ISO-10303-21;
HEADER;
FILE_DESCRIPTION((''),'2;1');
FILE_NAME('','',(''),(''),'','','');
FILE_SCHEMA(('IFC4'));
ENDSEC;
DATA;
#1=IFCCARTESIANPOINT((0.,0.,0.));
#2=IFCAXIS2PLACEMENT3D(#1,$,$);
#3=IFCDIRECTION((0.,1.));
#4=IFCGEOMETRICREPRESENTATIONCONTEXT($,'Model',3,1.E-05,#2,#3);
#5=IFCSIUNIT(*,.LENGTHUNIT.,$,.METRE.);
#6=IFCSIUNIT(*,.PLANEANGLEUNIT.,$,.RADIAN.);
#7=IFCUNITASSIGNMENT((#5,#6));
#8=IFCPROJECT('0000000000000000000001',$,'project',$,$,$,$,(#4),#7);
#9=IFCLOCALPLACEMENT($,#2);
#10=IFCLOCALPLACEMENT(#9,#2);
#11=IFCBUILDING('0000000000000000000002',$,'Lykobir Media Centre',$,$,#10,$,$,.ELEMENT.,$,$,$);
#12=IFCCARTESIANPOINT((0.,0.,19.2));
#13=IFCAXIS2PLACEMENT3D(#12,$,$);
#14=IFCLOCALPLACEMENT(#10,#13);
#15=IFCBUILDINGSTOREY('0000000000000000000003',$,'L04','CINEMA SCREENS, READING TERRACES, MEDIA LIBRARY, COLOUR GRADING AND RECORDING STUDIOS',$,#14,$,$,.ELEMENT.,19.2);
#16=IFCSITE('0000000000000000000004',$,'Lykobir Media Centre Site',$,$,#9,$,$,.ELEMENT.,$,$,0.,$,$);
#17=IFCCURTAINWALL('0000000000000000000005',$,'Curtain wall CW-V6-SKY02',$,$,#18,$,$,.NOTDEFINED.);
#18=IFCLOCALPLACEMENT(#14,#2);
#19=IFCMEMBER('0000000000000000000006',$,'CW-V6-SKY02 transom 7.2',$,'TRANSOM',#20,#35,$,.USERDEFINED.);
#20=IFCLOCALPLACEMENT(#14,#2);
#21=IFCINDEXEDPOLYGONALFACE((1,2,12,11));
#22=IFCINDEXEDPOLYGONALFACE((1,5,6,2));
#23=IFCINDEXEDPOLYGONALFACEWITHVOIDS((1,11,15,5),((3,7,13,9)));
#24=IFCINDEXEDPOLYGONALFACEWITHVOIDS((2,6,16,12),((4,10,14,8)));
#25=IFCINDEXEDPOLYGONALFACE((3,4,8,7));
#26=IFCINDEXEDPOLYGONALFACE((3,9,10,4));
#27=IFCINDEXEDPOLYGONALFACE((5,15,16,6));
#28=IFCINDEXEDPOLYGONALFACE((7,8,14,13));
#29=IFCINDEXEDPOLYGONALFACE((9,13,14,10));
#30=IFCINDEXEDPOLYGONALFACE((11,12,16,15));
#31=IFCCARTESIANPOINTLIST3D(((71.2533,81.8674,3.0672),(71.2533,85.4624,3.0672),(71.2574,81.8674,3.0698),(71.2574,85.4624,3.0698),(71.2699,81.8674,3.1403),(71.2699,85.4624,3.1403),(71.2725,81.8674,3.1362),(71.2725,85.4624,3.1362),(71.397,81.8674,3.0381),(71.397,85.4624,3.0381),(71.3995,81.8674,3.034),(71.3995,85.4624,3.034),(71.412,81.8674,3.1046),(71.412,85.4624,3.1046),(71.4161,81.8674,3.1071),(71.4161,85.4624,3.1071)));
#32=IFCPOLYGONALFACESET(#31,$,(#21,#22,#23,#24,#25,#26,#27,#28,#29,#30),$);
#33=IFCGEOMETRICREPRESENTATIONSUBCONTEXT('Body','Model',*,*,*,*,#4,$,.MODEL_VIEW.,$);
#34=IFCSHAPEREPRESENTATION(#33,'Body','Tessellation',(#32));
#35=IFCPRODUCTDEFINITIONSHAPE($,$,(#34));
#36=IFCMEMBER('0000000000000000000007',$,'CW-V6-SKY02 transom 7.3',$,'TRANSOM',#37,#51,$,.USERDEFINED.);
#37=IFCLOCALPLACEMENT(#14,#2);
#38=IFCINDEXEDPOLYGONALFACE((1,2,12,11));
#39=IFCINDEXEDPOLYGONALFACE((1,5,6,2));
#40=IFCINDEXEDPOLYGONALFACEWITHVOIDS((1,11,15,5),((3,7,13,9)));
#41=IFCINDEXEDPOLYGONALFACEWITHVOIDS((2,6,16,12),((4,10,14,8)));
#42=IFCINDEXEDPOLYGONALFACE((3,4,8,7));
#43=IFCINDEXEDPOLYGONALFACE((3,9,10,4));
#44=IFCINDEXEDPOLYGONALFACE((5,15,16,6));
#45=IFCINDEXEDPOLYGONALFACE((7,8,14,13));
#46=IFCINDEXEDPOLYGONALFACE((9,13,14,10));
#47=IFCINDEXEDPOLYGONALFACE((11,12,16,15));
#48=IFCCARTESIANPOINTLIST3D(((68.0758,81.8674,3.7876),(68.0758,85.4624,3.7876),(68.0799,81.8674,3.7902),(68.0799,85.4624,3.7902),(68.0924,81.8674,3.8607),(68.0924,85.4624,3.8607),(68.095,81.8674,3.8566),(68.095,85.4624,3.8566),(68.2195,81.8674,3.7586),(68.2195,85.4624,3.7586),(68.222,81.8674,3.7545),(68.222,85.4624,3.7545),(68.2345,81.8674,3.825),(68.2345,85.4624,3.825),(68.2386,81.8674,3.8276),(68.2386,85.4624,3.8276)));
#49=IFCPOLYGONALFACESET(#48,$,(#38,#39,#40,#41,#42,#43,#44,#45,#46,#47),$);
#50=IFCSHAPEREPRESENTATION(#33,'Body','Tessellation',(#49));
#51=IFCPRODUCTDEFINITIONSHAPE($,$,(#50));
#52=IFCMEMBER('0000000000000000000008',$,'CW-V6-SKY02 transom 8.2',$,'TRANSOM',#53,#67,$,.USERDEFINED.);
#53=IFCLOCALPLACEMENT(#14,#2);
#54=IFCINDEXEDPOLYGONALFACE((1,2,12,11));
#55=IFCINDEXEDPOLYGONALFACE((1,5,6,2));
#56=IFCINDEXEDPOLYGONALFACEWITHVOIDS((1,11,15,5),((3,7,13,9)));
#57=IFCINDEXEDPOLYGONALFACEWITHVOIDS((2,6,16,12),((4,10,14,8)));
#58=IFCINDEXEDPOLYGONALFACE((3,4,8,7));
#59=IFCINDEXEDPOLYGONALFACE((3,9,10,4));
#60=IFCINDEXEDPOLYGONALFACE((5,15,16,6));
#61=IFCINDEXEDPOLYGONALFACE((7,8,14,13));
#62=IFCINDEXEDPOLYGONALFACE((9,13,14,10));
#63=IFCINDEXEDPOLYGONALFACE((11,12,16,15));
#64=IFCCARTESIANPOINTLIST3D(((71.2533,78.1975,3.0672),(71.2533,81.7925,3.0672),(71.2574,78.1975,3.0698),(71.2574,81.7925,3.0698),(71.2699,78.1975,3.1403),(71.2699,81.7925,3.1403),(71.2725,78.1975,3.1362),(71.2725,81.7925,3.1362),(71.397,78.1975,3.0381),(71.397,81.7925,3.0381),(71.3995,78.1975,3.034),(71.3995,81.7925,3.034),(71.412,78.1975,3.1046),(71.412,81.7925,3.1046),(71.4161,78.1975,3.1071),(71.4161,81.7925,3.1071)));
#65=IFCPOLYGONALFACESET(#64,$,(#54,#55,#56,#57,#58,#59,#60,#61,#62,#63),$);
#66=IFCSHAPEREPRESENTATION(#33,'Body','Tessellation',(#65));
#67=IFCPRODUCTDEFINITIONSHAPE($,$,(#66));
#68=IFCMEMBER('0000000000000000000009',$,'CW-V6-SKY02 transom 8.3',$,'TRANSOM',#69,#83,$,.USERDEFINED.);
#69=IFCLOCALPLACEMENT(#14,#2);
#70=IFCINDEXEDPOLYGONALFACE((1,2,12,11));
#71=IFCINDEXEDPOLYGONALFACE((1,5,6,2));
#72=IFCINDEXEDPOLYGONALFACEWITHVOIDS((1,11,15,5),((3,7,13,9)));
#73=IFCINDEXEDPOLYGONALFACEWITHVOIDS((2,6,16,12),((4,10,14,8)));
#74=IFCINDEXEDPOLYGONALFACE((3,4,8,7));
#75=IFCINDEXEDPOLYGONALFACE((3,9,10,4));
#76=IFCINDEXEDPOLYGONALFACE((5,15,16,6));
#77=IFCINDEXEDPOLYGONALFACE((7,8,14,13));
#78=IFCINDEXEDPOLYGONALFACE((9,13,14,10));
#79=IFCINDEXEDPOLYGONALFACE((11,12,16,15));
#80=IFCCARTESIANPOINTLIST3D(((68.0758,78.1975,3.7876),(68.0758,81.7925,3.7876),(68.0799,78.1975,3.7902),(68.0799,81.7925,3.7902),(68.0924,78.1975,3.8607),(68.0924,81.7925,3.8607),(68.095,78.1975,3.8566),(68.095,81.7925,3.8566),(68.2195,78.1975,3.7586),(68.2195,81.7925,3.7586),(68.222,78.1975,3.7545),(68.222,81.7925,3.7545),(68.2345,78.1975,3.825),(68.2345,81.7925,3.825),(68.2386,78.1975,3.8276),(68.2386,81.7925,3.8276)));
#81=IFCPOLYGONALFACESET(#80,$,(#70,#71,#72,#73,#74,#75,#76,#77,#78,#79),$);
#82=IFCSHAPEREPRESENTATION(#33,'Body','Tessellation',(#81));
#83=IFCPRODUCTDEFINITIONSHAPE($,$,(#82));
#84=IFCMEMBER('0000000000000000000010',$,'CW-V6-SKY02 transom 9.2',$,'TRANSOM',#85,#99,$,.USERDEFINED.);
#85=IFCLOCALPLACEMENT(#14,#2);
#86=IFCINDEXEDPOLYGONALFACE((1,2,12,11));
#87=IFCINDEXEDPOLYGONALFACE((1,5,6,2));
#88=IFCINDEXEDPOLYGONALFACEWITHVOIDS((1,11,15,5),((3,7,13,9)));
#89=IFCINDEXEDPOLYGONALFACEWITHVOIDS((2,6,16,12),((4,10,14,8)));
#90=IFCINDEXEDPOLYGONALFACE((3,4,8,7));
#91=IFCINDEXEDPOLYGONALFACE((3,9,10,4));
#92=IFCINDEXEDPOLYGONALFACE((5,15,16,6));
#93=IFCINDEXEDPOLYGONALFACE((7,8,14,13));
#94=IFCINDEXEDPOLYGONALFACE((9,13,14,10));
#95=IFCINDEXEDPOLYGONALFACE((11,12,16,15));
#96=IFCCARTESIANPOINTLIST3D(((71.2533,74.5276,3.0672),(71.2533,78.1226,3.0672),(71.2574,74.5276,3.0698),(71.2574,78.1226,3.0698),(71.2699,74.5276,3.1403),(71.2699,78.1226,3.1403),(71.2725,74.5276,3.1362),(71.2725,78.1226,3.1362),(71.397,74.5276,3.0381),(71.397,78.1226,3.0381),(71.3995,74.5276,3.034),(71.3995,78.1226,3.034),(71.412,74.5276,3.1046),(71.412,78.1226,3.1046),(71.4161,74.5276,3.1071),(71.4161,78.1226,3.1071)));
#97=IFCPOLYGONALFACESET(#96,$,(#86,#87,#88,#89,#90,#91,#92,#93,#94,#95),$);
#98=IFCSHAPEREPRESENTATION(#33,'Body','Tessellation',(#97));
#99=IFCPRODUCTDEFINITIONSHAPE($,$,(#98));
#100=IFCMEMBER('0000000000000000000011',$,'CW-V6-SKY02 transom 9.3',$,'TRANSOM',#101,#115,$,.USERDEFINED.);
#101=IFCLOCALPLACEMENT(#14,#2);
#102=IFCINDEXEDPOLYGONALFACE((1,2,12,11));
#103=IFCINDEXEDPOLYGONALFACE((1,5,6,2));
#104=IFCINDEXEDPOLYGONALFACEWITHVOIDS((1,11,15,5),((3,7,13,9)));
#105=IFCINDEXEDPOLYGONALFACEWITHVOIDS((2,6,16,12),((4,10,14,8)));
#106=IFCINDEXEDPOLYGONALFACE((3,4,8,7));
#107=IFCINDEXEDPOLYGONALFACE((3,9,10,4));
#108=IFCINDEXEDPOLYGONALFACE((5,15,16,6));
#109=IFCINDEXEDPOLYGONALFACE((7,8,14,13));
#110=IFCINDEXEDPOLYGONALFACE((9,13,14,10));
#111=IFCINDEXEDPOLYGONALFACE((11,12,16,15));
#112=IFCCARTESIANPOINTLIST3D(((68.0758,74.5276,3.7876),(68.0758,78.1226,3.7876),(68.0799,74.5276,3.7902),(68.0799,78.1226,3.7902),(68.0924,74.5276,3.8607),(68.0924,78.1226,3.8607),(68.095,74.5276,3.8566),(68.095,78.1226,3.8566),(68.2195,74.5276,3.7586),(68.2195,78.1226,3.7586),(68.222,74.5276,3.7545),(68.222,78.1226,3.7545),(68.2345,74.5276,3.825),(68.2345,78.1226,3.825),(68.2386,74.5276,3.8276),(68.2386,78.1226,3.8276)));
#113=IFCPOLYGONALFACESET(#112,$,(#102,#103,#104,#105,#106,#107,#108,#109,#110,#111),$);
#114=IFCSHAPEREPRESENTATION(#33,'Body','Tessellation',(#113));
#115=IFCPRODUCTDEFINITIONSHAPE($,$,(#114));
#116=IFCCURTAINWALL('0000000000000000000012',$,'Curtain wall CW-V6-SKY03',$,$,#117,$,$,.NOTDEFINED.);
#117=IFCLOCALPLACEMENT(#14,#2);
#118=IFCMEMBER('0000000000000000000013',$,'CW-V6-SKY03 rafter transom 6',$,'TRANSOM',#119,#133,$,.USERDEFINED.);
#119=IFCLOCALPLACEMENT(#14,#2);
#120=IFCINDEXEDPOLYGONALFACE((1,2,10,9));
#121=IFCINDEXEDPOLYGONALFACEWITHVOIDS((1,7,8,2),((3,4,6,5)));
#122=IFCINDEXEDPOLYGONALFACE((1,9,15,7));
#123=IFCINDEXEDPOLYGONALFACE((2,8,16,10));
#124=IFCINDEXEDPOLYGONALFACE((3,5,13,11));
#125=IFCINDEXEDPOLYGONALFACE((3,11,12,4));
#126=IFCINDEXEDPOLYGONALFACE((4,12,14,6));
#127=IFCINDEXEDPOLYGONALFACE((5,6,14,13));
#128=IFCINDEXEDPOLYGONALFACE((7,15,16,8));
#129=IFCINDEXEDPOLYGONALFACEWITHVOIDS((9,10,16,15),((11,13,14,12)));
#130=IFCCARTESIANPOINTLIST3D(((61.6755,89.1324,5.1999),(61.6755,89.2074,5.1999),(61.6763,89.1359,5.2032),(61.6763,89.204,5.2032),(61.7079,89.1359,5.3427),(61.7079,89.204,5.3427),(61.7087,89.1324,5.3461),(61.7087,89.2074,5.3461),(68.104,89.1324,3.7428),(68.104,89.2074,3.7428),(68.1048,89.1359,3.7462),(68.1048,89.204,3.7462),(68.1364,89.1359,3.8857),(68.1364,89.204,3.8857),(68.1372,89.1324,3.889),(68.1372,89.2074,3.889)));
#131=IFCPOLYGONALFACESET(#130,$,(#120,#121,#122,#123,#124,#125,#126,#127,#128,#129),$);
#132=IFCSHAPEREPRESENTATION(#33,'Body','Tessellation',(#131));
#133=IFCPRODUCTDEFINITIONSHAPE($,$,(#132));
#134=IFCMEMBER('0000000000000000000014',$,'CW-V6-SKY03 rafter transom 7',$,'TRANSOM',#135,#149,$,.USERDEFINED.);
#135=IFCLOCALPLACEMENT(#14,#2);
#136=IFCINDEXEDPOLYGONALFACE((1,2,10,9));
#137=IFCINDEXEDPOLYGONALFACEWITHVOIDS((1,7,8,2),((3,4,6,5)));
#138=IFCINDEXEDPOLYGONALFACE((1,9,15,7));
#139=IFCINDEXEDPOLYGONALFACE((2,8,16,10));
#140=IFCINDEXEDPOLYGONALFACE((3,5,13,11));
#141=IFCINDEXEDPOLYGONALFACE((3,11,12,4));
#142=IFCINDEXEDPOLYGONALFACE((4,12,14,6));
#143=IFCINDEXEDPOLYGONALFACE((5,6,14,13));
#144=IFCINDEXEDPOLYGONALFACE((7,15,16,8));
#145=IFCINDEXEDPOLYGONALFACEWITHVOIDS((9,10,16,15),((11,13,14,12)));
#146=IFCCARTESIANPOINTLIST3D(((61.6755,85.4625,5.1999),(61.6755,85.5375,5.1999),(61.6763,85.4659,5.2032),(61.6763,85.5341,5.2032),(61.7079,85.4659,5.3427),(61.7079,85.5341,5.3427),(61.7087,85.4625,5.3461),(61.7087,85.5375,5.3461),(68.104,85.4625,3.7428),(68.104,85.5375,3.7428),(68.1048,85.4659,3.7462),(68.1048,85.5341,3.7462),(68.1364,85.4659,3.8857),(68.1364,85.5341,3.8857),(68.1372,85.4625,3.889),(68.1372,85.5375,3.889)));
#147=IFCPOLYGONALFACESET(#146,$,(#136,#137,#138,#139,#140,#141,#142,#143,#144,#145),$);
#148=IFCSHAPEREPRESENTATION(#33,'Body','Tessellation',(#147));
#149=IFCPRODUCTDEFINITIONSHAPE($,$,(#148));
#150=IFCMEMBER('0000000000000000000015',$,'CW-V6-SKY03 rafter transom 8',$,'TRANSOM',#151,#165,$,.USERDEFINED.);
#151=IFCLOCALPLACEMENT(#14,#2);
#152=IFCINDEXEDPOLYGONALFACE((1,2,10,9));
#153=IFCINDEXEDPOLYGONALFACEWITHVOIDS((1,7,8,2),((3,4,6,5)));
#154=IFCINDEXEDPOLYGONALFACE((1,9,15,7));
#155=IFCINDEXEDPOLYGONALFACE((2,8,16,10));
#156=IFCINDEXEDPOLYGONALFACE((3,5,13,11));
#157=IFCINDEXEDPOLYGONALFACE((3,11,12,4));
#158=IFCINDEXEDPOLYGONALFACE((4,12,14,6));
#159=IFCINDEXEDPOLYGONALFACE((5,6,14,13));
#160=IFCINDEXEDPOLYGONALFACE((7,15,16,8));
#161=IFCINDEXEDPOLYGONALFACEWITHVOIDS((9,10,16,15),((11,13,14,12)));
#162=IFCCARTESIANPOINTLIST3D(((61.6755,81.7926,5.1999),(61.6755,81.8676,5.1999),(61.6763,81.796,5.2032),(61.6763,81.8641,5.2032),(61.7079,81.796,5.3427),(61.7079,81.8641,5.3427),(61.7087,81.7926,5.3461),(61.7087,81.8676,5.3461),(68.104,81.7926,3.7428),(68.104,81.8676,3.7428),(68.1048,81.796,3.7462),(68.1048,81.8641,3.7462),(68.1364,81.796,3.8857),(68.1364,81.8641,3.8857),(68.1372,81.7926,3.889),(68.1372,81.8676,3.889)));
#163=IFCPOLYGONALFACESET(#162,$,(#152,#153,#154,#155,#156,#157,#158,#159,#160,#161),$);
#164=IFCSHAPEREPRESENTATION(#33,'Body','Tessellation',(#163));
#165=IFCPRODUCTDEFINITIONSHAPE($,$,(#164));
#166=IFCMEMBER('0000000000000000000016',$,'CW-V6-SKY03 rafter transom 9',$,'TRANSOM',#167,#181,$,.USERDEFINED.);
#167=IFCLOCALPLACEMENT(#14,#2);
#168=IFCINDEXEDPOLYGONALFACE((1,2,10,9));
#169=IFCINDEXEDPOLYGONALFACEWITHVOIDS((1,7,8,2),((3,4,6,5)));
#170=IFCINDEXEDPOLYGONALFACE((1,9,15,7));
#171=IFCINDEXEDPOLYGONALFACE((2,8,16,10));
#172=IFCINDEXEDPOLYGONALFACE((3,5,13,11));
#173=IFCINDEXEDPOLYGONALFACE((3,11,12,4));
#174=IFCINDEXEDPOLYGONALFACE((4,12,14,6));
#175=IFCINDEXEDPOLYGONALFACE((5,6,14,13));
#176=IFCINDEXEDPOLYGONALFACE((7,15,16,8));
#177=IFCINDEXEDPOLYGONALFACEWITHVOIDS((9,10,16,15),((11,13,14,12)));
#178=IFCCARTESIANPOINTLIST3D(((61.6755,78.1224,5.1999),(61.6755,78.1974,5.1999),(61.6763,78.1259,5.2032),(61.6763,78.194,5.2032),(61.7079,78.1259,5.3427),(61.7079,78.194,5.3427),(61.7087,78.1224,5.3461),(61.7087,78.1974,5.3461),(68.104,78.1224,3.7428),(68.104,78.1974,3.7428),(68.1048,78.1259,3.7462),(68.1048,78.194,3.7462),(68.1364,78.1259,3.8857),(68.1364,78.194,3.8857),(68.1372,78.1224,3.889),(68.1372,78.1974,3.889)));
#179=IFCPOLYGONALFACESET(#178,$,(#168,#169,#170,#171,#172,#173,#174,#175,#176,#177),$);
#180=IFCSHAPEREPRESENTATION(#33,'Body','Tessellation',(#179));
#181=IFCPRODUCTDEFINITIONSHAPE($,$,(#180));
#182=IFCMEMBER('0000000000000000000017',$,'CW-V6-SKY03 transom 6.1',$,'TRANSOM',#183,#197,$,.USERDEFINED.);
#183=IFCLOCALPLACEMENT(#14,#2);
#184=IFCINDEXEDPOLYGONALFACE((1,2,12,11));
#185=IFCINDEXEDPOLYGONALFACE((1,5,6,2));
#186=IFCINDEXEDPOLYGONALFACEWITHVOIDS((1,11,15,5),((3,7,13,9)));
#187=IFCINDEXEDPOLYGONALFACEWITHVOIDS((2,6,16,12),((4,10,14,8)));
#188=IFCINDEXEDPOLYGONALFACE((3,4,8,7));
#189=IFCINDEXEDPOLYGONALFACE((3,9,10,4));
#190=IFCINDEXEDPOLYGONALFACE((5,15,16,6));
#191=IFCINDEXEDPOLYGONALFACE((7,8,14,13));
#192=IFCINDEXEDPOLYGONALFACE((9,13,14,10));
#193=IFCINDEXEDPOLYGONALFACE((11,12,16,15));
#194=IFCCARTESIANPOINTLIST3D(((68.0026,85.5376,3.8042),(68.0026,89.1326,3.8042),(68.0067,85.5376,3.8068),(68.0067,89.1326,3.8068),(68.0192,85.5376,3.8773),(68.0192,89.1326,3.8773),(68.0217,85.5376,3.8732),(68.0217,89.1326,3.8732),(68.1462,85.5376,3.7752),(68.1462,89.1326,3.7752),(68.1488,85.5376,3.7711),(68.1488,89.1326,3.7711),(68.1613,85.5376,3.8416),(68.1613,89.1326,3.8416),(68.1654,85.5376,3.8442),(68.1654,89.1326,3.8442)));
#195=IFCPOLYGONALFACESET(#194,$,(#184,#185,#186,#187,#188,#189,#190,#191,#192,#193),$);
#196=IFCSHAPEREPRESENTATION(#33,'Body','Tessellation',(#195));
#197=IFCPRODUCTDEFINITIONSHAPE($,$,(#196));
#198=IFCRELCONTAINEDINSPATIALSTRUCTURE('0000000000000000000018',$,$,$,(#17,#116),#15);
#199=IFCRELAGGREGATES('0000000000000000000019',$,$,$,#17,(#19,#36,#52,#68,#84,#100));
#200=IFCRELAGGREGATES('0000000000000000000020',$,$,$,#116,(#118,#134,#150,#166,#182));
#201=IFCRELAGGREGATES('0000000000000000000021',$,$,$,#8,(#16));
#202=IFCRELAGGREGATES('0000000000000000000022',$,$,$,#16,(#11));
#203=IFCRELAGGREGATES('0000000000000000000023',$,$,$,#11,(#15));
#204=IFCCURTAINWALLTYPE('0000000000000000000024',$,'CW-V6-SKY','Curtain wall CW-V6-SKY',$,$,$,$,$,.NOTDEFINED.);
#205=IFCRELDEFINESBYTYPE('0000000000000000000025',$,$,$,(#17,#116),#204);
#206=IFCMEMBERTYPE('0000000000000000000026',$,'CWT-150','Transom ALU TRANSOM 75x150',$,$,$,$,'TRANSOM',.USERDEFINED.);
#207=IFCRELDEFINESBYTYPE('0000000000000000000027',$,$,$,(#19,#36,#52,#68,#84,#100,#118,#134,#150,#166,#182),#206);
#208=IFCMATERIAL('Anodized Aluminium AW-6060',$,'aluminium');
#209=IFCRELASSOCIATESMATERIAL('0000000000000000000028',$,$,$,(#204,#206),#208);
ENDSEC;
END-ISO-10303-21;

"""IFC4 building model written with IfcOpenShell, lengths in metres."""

from ifc_helpers import new_model, si_unit, direction, frame, origin, origin_2d, place, context, subcontext, project, spatial, hollow_rectangle, extrude, material, material_profile, profile_set, type_object, element, aggregate, save


model = new_model("IFC4")

# Units and contexts
model_context = context("Model", 3, precision=1e-05, world=origin(), true_north=direction((0.0, 1.0)))
body_context = subcontext(model_context, "Body", "Model", "MODEL_VIEW")
ifc_project = project(units=[si_unit("LENGTHUNIT", "METRE"), si_unit("PLANEANGLEUNIT", "RADIAN")], contexts=[model_context])

# Site, building, storey
site_placement = place(None, origin())
site = spatial("IfcSite", under=ifc_project, at=site_placement, Name="Lykobir Media Centre Site", CompositionType="ELEMENT", RefElevation=0.0)
building_placement = place(site_placement, origin())
building = spatial("IfcBuilding", under=site, at=building_placement, Name="Lykobir Media Centre", CompositionType="ELEMENT")
storey_placement = place(building_placement, frame((0.0, 0.0, 19.2)))
storey = spatial("IfcBuildingStorey", under=building, at=storey_placement, Name="L04", Description="CINEMA SCREENS, READING TERRACES, MEDIA LIBRARY, COLOUR GRADING AND RECORDING STUDIOS", CompositionType="ELEMENT", Elevation=19.2)

# Curtain walls, members
ifc_material_1 = material(Name="Anodized Aluminium AW-6060", Category="aluminium")
curtain_wall_type = type_object("IfcCurtainWallType", Name="CW-V6-SKY", Description="Curtain wall CW-V6-SKY", PredefinedType="NOTDEFINED", material=ifc_material_1)
curtain_wall_1_placement = place(storey_placement, origin())
curtain_wall_1 = element("IfcCurtainWall", 1, at=curtain_wall_1_placement, inside=storey, type_object=curtain_wall_type, Name="Curtain wall CW-V6-SKY02", PredefinedType="NOTDEFINED")
ifc_material_profile_1 = material_profile(ifc_material_1, hollow_rectangle(XDim=0.075, YDim=0.1499, WallThickness=0.0034, at=origin_2d()), Name="ALU TRANSOM 75x150")
ifc_profile_set_1 = profile_set([ifc_material_profile_1], Name="Anodized Aluminium AW-6060")
member_type_1 = type_object("IfcMemberType", Name="CWT-150", Description="Transom ALU TRANSOM 75x150", ElementType="TRANSOM", PredefinedType="USERDEFINED", material=ifc_profile_set_1)
member_1_placement = place(storey_placement, frame((71.3347, 85.4624, 3.0872), z_axis=(0.0, -1.0, 0.0), x_axis=(0.221072, 0.0, 0.975258)))
member_1 = element("IfcMember", 2, at=member_1_placement, type_object=member_type_1, Name="CW-V6-SKY02 transom 7.2", ObjectType="TRANSOM", PredefinedType="USERDEFINED", context=body_context, shape_type="SweptSolid", body=[
    extrude(hollow_rectangle(XDim=0.075, YDim=0.1499, WallThickness=0.0034, at=origin_2d()), origin(), (0.0, 0.0, 1.0), 3.595),
])
member_2_placement = place(storey_placement, frame((68.1572, 85.4624, 3.8076), z_axis=(0.0, -1.0, 0.0), x_axis=(0.221072, 0.0, 0.975258)))
member_2 = element("IfcMember", 3, at=member_2_placement, type_object=member_type_1, Name="CW-V6-SKY02 transom 7.3", ObjectType="TRANSOM", PredefinedType="USERDEFINED", context=body_context, shape_type="SweptSolid", body=[
    extrude(hollow_rectangle(XDim=0.075, YDim=0.1499, WallThickness=0.0034, at=origin_2d()), origin(), (0.0, 0.0, 1.0), 3.595),
])
member_3_placement = place(storey_placement, frame((71.3347, 81.7925, 3.0872), z_axis=(0.0, -1.0, 0.0), x_axis=(0.221072, 0.0, 0.975258)))
member_3 = element("IfcMember", 4, at=member_3_placement, type_object=member_type_1, Name="CW-V6-SKY02 transom 8.2", ObjectType="TRANSOM", PredefinedType="USERDEFINED", context=body_context, shape_type="SweptSolid", body=[
    extrude(hollow_rectangle(XDim=0.075, YDim=0.1499, WallThickness=0.0034, at=origin_2d()), origin(), (0.0, 0.0, 1.0), 3.595),
])
member_4_placement = place(storey_placement, frame((68.1572, 81.7925, 3.8076), z_axis=(0.0, -1.0, 0.0), x_axis=(0.221072, 0.0, 0.975258)))
member_4 = element("IfcMember", 5, at=member_4_placement, type_object=member_type_1, Name="CW-V6-SKY02 transom 8.3", ObjectType="TRANSOM", PredefinedType="USERDEFINED", context=body_context, shape_type="SweptSolid", body=[
    extrude(hollow_rectangle(XDim=0.075, YDim=0.1499, WallThickness=0.0034, at=origin_2d()), origin(), (0.0, 0.0, 1.0), 3.595),
])
member_5_placement = place(storey_placement, frame((71.3347, 78.1226, 3.0872), z_axis=(0.0, -1.0, 0.0), x_axis=(0.221072, 0.0, 0.975258)))
member_5 = element("IfcMember", 6, at=member_5_placement, type_object=member_type_1, Name="CW-V6-SKY02 transom 9.2", ObjectType="TRANSOM", PredefinedType="USERDEFINED", context=body_context, shape_type="SweptSolid", body=[
    extrude(hollow_rectangle(XDim=0.075, YDim=0.1499, WallThickness=0.0034, at=origin_2d()), origin(), (0.0, 0.0, 1.0), 3.595),
])
member_6_placement = place(storey_placement, frame((68.1572, 78.1226, 3.8076), z_axis=(0.0, -1.0, 0.0), x_axis=(0.221072, 0.0, 0.975258)))
member_6 = element("IfcMember", 7, at=member_6_placement, type_object=member_type_1, Name="CW-V6-SKY02 transom 9.3", ObjectType="TRANSOM", PredefinedType="USERDEFINED", context=body_context, shape_type="SweptSolid", body=[
    extrude(hollow_rectangle(XDim=0.075, YDim=0.1499, WallThickness=0.0034, at=origin_2d()), origin(), (0.0, 0.0, 1.0), 3.595),
])
curtain_wall_2_placement = place(storey_placement, origin())
curtain_wall_2 = element("IfcCurtainWall", 8, at=curtain_wall_2_placement, inside=storey, type_object=curtain_wall_type, Name="Curtain wall CW-V6-SKY03", PredefinedType="NOTDEFINED")
member_7_placement = place(storey_placement, frame((68.1206, 89.1699, 3.8159), z_axis=(-0.975263, 0.0, 0.221046), x_axis=(0.0, -1.0, 0.0)))
member_7 = element("IfcMember", 9, at=member_7_placement, type_object=member_type_1, Name="CW-V6-SKY03 rafter transom 6", ObjectType="TRANSOM", PredefinedType="USERDEFINED", context=body_context, shape_type="SweptSolid", body=[
    extrude(hollow_rectangle(XDim=0.075, YDim=0.1499, WallThickness=0.0034, at=origin_2d()), origin(), (0.0, 0.0, 1.0), 6.5916),
])
member_8_placement = place(storey_placement, frame((68.1206, 85.5, 3.8159), z_axis=(-0.975263, 0.0, 0.221046), x_axis=(0.0, -1.0, 0.0)))
member_8 = element("IfcMember", 10, at=member_8_placement, type_object=member_type_1, Name="CW-V6-SKY03 rafter transom 7", ObjectType="TRANSOM", PredefinedType="USERDEFINED", context=body_context, shape_type="SweptSolid", body=[
    extrude(hollow_rectangle(XDim=0.075, YDim=0.1499, WallThickness=0.0034, at=origin_2d()), origin(), (0.0, 0.0, 1.0), 6.5916),
])
member_9_placement = place(storey_placement, frame((68.1206, 81.8301, 3.8159), z_axis=(-0.975263, 0.0, 0.221046), x_axis=(0.0, -1.0, 0.0)))
member_9 = element("IfcMember", 11, at=member_9_placement, type_object=member_type_1, Name="CW-V6-SKY03 rafter transom 8", ObjectType="TRANSOM", PredefinedType="USERDEFINED", context=body_context, shape_type="SweptSolid", body=[
    extrude(hollow_rectangle(XDim=0.075, YDim=0.1499, WallThickness=0.0034, at=origin_2d()), origin(), (0.0, 0.0, 1.0), 6.5916),
])
member_10_placement = place(storey_placement, frame((68.1206, 78.1599, 3.8159), z_axis=(-0.975263, 0.0, 0.221046), x_axis=(0.0, -1.0, 0.0)))
member_10 = element("IfcMember", 12, at=member_10_placement, type_object=member_type_1, Name="CW-V6-SKY03 rafter transom 9", ObjectType="TRANSOM", PredefinedType="USERDEFINED", context=body_context, shape_type="SweptSolid", body=[
    extrude(hollow_rectangle(XDim=0.075, YDim=0.1499, WallThickness=0.0034, at=origin_2d()), origin(), (0.0, 0.0, 1.0), 6.5916),
])
member_11_placement = place(storey_placement, frame((68.084, 89.1326, 3.8242), z_axis=(0.0, -1.0, 0.0), x_axis=(0.221055, 0.0, 0.975261)))
member_11 = element("IfcMember", 13, at=member_11_placement, type_object=member_type_1, Name="CW-V6-SKY03 transom 6.1", ObjectType="TRANSOM", PredefinedType="USERDEFINED", context=body_context, shape_type="SweptSolid", body=[
    extrude(hollow_rectangle(XDim=0.075, YDim=0.1499, WallThickness=0.0034, at=origin_2d()), origin(), (0.0, 0.0, 1.0), 3.595),
])

aggregate(curtain_wall_1, [member_1, member_2, member_3, member_4, member_5, member_6])
aggregate(curtain_wall_2, [member_7, member_8, member_9, member_10, member_11])

save(model, "model.ifc")
